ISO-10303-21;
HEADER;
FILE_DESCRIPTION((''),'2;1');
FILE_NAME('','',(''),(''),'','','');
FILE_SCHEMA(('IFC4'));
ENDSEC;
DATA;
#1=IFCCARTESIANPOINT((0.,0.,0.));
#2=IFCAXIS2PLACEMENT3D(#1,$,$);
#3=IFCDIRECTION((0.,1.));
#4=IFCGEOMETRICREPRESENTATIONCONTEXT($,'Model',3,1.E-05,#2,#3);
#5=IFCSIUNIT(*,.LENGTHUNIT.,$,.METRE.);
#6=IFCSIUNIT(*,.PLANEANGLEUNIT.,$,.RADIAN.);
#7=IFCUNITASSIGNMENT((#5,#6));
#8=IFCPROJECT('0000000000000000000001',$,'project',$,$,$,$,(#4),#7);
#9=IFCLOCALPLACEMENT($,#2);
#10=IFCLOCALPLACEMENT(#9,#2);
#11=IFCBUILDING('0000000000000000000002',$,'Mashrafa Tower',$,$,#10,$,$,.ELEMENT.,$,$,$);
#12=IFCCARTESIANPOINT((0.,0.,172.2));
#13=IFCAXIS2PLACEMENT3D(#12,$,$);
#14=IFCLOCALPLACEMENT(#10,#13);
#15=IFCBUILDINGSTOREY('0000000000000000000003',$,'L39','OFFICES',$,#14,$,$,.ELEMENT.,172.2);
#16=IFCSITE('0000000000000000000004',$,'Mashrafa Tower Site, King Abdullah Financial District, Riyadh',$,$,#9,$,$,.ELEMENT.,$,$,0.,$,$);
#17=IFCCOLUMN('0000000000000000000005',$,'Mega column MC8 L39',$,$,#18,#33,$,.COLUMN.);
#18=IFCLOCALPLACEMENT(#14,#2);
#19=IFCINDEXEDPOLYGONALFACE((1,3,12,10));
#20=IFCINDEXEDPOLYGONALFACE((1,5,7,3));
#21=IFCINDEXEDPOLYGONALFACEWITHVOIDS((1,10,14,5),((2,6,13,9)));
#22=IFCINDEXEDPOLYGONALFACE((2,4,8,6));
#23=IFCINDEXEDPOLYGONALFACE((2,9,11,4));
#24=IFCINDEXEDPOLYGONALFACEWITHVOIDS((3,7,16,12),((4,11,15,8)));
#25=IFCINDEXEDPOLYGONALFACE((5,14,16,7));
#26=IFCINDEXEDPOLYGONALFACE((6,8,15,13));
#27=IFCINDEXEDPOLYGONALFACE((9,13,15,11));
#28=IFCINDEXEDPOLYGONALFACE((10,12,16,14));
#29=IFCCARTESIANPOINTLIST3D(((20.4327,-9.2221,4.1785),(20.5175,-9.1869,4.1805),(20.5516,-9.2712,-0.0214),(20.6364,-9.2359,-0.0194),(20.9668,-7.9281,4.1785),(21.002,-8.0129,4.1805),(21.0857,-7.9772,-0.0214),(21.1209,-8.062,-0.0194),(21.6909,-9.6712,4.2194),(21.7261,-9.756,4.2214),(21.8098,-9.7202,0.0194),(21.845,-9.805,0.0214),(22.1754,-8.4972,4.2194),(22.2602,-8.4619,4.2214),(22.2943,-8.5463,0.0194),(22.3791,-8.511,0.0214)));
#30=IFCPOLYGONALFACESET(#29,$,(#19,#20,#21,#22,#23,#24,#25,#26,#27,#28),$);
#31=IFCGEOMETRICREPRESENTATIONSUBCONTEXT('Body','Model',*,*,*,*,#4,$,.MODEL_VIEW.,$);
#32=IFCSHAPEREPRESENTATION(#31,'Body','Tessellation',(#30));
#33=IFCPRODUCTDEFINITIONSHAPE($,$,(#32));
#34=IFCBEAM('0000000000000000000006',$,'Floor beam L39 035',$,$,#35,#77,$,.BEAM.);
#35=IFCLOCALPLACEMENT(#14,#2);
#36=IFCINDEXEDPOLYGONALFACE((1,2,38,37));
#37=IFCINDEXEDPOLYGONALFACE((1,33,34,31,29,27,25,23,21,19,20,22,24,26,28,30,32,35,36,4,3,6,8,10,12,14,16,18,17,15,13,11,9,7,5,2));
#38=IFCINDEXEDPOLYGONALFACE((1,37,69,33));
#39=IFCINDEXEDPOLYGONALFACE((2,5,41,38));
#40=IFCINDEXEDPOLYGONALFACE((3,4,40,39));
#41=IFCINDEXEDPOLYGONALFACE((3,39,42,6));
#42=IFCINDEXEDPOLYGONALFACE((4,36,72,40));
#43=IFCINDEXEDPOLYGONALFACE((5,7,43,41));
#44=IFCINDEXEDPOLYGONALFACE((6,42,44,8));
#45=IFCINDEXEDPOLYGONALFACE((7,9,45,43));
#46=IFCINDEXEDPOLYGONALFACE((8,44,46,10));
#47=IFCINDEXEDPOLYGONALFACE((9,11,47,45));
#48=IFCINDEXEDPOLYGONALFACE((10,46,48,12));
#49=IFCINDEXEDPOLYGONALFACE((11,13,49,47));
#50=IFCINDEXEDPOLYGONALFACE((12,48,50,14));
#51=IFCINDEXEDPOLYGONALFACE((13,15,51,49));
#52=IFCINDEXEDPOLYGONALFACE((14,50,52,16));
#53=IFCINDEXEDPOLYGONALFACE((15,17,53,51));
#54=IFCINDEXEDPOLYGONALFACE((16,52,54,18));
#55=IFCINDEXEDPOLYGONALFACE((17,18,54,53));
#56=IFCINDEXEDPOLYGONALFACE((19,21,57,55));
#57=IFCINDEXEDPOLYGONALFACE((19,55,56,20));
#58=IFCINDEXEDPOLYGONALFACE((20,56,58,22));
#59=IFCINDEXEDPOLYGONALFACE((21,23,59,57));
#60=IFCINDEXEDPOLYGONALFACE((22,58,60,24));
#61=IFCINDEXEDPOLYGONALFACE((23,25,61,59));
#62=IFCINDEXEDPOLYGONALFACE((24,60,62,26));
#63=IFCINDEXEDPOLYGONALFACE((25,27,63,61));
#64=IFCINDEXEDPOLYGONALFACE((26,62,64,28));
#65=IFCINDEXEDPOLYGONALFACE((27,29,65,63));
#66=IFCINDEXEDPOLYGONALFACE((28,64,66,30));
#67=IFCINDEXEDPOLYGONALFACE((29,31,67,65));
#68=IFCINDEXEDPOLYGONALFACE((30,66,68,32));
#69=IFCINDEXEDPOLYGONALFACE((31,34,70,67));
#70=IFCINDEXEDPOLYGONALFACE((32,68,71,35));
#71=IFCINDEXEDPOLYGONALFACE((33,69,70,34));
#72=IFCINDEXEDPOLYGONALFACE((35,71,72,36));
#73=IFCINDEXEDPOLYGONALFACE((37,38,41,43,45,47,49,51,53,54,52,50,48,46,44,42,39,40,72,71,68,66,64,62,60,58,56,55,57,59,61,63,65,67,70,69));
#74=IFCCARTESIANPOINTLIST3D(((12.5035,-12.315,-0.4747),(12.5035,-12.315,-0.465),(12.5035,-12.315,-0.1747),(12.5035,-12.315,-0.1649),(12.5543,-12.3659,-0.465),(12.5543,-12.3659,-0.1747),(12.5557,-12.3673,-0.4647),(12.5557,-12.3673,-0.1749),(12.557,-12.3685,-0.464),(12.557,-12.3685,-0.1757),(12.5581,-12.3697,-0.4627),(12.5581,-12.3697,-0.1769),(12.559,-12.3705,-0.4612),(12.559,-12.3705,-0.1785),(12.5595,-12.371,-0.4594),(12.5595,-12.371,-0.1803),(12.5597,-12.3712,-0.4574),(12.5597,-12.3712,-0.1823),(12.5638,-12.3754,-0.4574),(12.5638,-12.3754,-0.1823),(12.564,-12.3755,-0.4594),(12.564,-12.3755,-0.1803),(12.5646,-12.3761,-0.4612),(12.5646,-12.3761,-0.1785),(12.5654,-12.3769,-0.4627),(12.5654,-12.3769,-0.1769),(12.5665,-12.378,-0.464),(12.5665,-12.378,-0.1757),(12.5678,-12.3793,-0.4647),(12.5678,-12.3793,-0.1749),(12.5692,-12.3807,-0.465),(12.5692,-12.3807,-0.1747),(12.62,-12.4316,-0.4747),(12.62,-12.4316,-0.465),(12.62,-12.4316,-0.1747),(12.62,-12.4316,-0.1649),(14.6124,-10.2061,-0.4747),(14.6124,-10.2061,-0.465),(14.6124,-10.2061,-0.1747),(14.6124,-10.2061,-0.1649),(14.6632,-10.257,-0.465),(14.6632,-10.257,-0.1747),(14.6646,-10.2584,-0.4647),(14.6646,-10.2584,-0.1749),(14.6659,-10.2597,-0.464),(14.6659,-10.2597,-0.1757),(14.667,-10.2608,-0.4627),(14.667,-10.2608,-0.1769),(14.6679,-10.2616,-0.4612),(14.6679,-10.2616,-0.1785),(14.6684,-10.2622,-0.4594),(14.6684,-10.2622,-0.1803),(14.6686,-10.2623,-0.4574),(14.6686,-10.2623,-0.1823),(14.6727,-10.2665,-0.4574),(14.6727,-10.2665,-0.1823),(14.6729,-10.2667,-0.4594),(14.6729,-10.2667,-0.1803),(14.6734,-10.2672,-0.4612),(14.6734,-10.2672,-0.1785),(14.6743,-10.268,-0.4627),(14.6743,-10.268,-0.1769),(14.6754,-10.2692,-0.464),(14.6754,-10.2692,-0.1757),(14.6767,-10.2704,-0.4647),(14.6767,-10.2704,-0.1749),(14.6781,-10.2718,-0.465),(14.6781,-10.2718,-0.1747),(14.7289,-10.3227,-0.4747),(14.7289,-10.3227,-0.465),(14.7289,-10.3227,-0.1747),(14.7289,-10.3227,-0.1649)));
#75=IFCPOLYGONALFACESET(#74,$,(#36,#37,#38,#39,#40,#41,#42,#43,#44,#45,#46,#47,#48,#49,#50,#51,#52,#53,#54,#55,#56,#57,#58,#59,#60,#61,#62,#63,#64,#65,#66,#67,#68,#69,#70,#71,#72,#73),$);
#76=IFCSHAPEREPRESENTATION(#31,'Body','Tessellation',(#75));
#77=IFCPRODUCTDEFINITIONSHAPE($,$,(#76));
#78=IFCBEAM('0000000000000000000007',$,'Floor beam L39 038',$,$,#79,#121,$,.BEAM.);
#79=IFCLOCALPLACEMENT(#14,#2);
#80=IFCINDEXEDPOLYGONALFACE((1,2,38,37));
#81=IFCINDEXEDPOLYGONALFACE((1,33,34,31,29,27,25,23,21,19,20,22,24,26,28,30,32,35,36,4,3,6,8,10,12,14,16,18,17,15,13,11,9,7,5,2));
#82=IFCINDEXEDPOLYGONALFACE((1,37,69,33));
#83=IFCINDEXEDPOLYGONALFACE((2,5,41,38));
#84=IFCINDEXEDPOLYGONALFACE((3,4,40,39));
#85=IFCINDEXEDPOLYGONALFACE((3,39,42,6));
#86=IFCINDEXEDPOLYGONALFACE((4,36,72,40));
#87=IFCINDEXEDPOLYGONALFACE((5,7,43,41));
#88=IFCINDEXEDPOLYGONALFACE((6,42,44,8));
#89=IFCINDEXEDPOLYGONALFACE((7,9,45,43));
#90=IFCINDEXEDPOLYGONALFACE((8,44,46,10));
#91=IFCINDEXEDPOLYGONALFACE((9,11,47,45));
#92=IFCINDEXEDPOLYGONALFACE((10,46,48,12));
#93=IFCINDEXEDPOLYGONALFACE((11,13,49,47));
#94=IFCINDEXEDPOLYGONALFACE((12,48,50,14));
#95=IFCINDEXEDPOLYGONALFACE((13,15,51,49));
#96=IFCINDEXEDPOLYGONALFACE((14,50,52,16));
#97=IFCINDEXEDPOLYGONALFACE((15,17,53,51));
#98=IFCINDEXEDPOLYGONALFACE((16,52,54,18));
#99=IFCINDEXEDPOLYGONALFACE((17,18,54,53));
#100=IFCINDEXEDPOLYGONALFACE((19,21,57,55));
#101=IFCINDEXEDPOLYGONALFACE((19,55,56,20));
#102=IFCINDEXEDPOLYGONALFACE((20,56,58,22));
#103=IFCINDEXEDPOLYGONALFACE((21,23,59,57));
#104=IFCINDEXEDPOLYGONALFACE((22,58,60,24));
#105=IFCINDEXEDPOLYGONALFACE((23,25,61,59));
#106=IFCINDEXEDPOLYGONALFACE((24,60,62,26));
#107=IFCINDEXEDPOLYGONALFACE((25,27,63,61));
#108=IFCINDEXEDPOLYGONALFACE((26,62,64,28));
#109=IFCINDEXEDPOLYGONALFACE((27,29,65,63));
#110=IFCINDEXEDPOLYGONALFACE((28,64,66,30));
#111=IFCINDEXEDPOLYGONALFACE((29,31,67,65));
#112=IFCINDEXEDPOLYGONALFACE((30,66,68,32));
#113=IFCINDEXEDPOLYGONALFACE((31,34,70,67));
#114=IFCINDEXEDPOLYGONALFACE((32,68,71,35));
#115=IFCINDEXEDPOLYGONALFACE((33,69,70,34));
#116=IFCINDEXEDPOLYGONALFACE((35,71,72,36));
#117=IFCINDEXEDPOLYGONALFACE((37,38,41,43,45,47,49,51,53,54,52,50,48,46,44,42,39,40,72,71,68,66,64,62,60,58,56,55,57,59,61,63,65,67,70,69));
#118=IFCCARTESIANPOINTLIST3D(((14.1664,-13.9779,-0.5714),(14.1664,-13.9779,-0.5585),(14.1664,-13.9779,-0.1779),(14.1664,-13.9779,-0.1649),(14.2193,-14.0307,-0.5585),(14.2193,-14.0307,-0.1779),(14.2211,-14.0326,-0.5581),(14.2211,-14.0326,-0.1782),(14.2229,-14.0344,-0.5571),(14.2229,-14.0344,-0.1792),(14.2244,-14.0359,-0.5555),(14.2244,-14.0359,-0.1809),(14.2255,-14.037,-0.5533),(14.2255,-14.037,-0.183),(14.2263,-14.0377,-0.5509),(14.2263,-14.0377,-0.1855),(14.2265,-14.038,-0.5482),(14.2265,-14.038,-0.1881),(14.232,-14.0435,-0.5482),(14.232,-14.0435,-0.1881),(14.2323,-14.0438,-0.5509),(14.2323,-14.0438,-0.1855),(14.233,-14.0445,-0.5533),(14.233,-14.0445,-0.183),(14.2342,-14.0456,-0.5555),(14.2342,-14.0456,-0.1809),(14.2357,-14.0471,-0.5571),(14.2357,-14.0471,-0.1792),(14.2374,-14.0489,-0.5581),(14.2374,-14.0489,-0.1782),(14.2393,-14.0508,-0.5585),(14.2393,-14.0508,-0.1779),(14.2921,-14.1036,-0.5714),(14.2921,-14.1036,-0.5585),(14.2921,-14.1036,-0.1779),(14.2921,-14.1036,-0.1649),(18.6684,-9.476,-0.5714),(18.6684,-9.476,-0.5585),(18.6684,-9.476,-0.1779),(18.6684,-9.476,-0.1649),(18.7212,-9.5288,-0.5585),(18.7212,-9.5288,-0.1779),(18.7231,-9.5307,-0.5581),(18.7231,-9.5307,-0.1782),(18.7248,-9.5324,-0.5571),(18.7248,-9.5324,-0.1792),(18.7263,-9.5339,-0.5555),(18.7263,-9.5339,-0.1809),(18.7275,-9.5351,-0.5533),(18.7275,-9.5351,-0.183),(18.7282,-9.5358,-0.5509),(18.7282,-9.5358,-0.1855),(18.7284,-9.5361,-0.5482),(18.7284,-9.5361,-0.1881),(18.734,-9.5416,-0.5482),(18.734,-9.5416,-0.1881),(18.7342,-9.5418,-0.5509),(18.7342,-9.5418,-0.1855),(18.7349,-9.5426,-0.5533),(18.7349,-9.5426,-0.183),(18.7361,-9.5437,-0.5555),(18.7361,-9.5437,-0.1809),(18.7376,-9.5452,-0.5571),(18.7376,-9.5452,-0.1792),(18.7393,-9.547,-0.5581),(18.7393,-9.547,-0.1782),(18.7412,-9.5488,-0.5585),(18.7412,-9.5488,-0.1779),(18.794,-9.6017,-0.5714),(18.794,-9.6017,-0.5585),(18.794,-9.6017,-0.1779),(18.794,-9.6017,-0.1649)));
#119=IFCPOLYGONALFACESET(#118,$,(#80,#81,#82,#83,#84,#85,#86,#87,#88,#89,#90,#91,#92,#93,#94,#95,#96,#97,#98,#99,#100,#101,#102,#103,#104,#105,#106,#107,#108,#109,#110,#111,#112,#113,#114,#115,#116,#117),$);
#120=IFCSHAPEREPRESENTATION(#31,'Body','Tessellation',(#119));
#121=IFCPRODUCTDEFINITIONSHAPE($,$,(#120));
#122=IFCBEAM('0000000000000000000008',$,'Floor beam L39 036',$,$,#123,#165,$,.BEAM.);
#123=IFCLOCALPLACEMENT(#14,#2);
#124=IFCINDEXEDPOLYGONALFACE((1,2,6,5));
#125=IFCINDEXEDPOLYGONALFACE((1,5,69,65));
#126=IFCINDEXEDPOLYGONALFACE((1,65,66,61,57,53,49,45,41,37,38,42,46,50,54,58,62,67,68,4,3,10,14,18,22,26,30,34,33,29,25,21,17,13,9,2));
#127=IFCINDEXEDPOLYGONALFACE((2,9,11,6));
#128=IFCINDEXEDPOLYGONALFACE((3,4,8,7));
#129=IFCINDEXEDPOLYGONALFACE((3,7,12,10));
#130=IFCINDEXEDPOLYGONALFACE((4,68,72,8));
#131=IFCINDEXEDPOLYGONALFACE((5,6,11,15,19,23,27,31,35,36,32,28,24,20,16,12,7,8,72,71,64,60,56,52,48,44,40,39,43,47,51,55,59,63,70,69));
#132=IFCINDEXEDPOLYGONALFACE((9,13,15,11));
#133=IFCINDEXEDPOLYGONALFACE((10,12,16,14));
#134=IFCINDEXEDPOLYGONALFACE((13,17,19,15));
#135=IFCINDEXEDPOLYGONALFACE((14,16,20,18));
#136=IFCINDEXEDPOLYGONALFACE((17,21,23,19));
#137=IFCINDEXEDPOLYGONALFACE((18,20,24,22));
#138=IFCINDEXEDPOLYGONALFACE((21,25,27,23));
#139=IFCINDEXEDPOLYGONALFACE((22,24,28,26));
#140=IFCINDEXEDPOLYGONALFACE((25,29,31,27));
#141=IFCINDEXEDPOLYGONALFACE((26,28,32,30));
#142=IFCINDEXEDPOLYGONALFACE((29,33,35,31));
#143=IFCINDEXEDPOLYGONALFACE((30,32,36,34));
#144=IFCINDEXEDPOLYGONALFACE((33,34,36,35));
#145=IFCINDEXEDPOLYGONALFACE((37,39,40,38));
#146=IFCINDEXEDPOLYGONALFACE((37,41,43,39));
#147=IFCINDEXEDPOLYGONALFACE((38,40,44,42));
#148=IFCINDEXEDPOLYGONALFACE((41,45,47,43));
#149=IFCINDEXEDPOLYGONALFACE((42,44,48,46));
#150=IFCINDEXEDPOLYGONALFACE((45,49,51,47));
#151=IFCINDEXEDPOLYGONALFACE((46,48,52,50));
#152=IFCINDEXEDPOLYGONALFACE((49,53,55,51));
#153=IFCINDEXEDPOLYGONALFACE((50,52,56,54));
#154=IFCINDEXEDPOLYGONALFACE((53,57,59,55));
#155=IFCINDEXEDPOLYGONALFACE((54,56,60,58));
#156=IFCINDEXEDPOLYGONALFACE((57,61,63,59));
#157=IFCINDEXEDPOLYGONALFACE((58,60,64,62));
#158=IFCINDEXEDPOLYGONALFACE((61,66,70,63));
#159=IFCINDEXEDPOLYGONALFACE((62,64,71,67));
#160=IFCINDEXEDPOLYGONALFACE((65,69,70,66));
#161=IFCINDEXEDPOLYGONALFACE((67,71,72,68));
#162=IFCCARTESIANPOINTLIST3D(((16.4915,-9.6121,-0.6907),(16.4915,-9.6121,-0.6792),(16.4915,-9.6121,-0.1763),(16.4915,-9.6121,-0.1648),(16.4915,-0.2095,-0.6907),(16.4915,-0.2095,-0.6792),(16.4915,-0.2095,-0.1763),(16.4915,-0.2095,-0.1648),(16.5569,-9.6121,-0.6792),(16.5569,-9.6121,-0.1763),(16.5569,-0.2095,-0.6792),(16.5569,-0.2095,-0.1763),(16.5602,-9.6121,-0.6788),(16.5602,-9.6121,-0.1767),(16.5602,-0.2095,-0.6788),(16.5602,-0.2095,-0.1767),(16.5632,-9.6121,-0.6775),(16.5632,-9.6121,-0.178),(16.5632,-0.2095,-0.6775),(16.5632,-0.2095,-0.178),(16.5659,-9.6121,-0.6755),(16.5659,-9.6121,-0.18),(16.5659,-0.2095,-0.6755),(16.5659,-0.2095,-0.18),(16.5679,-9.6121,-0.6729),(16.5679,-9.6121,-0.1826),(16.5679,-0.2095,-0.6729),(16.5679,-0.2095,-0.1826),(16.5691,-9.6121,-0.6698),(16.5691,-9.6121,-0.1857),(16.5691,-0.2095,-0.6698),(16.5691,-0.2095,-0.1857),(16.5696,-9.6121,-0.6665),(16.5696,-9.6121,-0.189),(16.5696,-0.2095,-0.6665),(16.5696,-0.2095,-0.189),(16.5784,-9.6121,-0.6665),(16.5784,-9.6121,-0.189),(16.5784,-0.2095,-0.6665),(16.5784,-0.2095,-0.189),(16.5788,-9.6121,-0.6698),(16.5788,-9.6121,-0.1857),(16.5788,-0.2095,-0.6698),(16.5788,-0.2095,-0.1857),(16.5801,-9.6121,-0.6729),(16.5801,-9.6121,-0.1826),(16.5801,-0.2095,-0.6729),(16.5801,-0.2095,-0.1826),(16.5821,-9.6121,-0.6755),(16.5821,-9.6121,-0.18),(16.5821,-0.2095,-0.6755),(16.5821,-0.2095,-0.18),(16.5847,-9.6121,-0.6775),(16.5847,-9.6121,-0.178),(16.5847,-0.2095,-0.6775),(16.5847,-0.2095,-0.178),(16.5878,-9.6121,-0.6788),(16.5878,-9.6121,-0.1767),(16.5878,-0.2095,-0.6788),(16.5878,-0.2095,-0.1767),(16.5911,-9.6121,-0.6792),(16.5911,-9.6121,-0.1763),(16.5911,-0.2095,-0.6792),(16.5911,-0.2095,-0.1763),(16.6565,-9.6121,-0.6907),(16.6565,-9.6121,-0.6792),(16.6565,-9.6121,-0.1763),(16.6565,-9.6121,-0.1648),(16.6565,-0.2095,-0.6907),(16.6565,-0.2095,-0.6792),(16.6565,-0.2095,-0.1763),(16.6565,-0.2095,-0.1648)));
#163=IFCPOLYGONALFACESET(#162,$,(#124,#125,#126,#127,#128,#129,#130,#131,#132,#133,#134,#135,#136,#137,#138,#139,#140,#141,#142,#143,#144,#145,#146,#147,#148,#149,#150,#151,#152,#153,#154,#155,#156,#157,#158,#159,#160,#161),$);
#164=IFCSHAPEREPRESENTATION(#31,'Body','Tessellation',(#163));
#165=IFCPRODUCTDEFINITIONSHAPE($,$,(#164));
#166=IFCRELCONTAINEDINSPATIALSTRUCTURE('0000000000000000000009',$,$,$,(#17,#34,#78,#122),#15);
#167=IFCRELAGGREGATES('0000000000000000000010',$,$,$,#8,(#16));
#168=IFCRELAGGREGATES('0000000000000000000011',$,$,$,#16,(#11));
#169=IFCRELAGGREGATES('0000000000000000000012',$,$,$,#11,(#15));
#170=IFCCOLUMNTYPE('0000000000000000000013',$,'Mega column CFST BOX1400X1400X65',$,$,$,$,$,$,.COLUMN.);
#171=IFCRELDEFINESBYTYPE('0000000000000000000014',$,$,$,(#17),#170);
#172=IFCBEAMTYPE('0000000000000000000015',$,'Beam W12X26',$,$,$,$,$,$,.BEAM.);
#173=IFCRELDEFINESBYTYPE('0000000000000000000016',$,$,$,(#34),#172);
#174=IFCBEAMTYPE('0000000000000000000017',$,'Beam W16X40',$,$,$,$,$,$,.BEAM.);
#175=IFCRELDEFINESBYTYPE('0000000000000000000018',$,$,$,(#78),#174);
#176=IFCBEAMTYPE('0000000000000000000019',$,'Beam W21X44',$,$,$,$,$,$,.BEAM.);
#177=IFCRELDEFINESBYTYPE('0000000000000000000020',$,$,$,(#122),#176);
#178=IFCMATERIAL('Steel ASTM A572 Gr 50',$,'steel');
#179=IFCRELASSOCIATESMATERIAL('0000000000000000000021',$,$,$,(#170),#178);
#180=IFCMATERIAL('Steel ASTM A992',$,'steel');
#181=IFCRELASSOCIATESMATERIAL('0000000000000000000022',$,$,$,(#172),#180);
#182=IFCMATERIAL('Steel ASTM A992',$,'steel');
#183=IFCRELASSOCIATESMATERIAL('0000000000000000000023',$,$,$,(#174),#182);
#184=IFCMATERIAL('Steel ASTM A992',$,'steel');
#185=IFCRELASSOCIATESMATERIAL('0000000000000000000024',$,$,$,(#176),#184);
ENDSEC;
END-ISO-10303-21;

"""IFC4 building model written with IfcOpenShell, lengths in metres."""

from ifc_helpers import new_model, si_unit, direction, frame, origin, origin_2d, place, context, subcontext, project, spatial, hollow_rectangle, i_section, extrude, material, material_profile, profile_set, type_object, element, save


model = new_model("IFC4")

# Units and contexts
model_context = context("Model", 3, precision=1e-05, world=origin(), true_north=direction((0.0, 1.0)))
body_context = subcontext(model_context, "Body", "Model", "MODEL_VIEW")
ifc_project = project(units=[si_unit("LENGTHUNIT", "METRE"), si_unit("PLANEANGLEUNIT", "RADIAN")], contexts=[model_context])

# Site, building, storey
site_placement = place(None, origin())
site = spatial("IfcSite", under=ifc_project, at=site_placement, Name="Mashrafa Tower Site, King Abdullah Financial District, Riyadh", CompositionType="ELEMENT", RefElevation=0.0)
building_placement = place(site_placement, origin())
building = spatial("IfcBuilding", under=site, at=building_placement, Name="Mashrafa Tower", CompositionType="ELEMENT")
storey_placement = place(building_placement, frame((0.0, 0.0, 172.2)))
storey = spatial("IfcBuildingStorey", under=building, at=storey_placement, Name="L39", Description="OFFICES", CompositionType="ELEMENT", Elevation=172.2)

# Column
ifc_material_1 = material(Name="Steel ASTM A572 Gr 50", Category="steel")
ifc_material_profile_1 = material_profile(ifc_material_1, hollow_rectangle(XDim=1.3999, YDim=1.3999, WallThickness=0.0649, at=origin_2d()), Name="BOX1400X1400X65")
ifc_profile_set_1 = profile_set([ifc_material_profile_1], Name="Steel ASTM A572 Gr 50")
column_type = type_object("IfcColumnType", Name="Mega column CFST BOX1400X1400X65", PredefinedType="COLUMN", material=ifc_profile_set_1)
column_placement = place(storey_placement, frame((21.4653, -8.8911, 0.0), z_axis=(-0.028296, 0.011679, 0.999531), x_axis=(-0.381513, -0.924363, 0.0)))
element("IfcColumn", 1, at=column_placement, inside=storey, type_object=column_type, Name="Mega column MC8 L39", PredefinedType="COLUMN", context=body_context, shape_type="SweptSolid", body=[
    extrude(hollow_rectangle(XDim=1.3999, YDim=1.3999, WallThickness=0.0649, at=origin_2d()), origin(), (0.0, 0.0, 1.0), 4.2019),
])

# Beams
ifc_material_2 = material(Name="Steel ASTM A992", Category="steel")
ifc_material_profile_2 = material_profile(ifc_material_2, i_section(OverallWidth=0.1648, OverallDepth=0.3098, WebThickness=0.0059, FlangeThickness=0.0098, FilletRadius=0.0076, at=origin_2d()), Name="W12X26")
ifc_profile_set_2 = profile_set([ifc_material_profile_2], Name="Steel ASTM A992")
beam_type_1 = type_object("IfcBeamType", Name="Beam W12X26", PredefinedType="BEAM", material=ifc_profile_set_2)
beam_1_placement = place(storey_placement, frame((14.6707, -10.2644, -0.3198), z_axis=(-0.707107, -0.707107, 0.0), x_axis=(0.707107, -0.707107, 0.0)))
element("IfcBeam", 2, at=beam_1_placement, inside=storey, type_object=beam_type_1, Name="Floor beam L39 035", PredefinedType="BEAM", context=body_context, shape_type="SweptSolid", body=[
    extrude(i_section(OverallWidth=0.1648, OverallDepth=0.3098, WebThickness=0.0059, FlangeThickness=0.0098, FilletRadius=0.0076, at=origin_2d()), origin(), (0.0, 0.0, 1.0), 2.9824),
])
ifc_material_3 = material(Name="Steel ASTM A992", Category="steel")
ifc_material_profile_3 = material_profile(ifc_material_3, i_section(OverallWidth=0.1777, OverallDepth=0.4065, WebThickness=0.0078, FlangeThickness=0.0129, FilletRadius=0.0103, at=origin_2d()), Name="W16X40")
ifc_profile_set_3 = profile_set([ifc_material_profile_3], Name="Steel ASTM A992")
beam_type_2 = type_object("IfcBeamType", Name="Beam W16X40", PredefinedType="BEAM", material=ifc_profile_set_3)
beam_2_placement = place(storey_placement, frame((18.7312, -9.5388, -0.3682), z_axis=(-0.707107, -0.707107, 0.0), x_axis=(0.707107, -0.707107, 0.0)))
element("IfcBeam", 3, at=beam_2_placement, inside=storey, type_object=beam_type_2, Name="Floor beam L39 038", PredefinedType="BEAM", context=body_context, shape_type="SweptSolid", body=[
    extrude(i_section(OverallWidth=0.1777, OverallDepth=0.4065, WebThickness=0.0078, FlangeThickness=0.0129, FilletRadius=0.0103, at=origin_2d()), origin(), (0.0, 0.0, 1.0), 6.3667),
])
ifc_material_4 = material(Name="Steel ASTM A992", Category="steel")
ifc_material_profile_4 = material_profile(ifc_material_4, i_section(OverallWidth=0.165, OverallDepth=0.5259, WebThickness=0.0088, FlangeThickness=0.0115, FilletRadius=0.0127, at=origin_2d()), Name="W21X44")
ifc_profile_set_4 = profile_set([ifc_material_profile_4], Name="Steel ASTM A992")
beam_type_3 = type_object("IfcBeamType", Name="Beam W21X44", PredefinedType="BEAM", material=ifc_profile_set_4)
beam_3_placement = place(storey_placement, frame((16.574, -0.2095, -0.4277), z_axis=(0.0, -1.0, 0.0), x_axis=(1.0, 0.0, 0.0)))
element("IfcBeam", 4, at=beam_3_placement, inside=storey, type_object=beam_type_3, Name="Floor beam L39 036", PredefinedType="BEAM", context=body_context, shape_type="SweptSolid", body=[
    extrude(i_section(OverallWidth=0.165, OverallDepth=0.5259, WebThickness=0.0088, FlangeThickness=0.0115, FilletRadius=0.0127, at=origin_2d()), origin(), (0.0, 0.0, 1.0), 9.4026),
])

save(model, "model.ifc")
